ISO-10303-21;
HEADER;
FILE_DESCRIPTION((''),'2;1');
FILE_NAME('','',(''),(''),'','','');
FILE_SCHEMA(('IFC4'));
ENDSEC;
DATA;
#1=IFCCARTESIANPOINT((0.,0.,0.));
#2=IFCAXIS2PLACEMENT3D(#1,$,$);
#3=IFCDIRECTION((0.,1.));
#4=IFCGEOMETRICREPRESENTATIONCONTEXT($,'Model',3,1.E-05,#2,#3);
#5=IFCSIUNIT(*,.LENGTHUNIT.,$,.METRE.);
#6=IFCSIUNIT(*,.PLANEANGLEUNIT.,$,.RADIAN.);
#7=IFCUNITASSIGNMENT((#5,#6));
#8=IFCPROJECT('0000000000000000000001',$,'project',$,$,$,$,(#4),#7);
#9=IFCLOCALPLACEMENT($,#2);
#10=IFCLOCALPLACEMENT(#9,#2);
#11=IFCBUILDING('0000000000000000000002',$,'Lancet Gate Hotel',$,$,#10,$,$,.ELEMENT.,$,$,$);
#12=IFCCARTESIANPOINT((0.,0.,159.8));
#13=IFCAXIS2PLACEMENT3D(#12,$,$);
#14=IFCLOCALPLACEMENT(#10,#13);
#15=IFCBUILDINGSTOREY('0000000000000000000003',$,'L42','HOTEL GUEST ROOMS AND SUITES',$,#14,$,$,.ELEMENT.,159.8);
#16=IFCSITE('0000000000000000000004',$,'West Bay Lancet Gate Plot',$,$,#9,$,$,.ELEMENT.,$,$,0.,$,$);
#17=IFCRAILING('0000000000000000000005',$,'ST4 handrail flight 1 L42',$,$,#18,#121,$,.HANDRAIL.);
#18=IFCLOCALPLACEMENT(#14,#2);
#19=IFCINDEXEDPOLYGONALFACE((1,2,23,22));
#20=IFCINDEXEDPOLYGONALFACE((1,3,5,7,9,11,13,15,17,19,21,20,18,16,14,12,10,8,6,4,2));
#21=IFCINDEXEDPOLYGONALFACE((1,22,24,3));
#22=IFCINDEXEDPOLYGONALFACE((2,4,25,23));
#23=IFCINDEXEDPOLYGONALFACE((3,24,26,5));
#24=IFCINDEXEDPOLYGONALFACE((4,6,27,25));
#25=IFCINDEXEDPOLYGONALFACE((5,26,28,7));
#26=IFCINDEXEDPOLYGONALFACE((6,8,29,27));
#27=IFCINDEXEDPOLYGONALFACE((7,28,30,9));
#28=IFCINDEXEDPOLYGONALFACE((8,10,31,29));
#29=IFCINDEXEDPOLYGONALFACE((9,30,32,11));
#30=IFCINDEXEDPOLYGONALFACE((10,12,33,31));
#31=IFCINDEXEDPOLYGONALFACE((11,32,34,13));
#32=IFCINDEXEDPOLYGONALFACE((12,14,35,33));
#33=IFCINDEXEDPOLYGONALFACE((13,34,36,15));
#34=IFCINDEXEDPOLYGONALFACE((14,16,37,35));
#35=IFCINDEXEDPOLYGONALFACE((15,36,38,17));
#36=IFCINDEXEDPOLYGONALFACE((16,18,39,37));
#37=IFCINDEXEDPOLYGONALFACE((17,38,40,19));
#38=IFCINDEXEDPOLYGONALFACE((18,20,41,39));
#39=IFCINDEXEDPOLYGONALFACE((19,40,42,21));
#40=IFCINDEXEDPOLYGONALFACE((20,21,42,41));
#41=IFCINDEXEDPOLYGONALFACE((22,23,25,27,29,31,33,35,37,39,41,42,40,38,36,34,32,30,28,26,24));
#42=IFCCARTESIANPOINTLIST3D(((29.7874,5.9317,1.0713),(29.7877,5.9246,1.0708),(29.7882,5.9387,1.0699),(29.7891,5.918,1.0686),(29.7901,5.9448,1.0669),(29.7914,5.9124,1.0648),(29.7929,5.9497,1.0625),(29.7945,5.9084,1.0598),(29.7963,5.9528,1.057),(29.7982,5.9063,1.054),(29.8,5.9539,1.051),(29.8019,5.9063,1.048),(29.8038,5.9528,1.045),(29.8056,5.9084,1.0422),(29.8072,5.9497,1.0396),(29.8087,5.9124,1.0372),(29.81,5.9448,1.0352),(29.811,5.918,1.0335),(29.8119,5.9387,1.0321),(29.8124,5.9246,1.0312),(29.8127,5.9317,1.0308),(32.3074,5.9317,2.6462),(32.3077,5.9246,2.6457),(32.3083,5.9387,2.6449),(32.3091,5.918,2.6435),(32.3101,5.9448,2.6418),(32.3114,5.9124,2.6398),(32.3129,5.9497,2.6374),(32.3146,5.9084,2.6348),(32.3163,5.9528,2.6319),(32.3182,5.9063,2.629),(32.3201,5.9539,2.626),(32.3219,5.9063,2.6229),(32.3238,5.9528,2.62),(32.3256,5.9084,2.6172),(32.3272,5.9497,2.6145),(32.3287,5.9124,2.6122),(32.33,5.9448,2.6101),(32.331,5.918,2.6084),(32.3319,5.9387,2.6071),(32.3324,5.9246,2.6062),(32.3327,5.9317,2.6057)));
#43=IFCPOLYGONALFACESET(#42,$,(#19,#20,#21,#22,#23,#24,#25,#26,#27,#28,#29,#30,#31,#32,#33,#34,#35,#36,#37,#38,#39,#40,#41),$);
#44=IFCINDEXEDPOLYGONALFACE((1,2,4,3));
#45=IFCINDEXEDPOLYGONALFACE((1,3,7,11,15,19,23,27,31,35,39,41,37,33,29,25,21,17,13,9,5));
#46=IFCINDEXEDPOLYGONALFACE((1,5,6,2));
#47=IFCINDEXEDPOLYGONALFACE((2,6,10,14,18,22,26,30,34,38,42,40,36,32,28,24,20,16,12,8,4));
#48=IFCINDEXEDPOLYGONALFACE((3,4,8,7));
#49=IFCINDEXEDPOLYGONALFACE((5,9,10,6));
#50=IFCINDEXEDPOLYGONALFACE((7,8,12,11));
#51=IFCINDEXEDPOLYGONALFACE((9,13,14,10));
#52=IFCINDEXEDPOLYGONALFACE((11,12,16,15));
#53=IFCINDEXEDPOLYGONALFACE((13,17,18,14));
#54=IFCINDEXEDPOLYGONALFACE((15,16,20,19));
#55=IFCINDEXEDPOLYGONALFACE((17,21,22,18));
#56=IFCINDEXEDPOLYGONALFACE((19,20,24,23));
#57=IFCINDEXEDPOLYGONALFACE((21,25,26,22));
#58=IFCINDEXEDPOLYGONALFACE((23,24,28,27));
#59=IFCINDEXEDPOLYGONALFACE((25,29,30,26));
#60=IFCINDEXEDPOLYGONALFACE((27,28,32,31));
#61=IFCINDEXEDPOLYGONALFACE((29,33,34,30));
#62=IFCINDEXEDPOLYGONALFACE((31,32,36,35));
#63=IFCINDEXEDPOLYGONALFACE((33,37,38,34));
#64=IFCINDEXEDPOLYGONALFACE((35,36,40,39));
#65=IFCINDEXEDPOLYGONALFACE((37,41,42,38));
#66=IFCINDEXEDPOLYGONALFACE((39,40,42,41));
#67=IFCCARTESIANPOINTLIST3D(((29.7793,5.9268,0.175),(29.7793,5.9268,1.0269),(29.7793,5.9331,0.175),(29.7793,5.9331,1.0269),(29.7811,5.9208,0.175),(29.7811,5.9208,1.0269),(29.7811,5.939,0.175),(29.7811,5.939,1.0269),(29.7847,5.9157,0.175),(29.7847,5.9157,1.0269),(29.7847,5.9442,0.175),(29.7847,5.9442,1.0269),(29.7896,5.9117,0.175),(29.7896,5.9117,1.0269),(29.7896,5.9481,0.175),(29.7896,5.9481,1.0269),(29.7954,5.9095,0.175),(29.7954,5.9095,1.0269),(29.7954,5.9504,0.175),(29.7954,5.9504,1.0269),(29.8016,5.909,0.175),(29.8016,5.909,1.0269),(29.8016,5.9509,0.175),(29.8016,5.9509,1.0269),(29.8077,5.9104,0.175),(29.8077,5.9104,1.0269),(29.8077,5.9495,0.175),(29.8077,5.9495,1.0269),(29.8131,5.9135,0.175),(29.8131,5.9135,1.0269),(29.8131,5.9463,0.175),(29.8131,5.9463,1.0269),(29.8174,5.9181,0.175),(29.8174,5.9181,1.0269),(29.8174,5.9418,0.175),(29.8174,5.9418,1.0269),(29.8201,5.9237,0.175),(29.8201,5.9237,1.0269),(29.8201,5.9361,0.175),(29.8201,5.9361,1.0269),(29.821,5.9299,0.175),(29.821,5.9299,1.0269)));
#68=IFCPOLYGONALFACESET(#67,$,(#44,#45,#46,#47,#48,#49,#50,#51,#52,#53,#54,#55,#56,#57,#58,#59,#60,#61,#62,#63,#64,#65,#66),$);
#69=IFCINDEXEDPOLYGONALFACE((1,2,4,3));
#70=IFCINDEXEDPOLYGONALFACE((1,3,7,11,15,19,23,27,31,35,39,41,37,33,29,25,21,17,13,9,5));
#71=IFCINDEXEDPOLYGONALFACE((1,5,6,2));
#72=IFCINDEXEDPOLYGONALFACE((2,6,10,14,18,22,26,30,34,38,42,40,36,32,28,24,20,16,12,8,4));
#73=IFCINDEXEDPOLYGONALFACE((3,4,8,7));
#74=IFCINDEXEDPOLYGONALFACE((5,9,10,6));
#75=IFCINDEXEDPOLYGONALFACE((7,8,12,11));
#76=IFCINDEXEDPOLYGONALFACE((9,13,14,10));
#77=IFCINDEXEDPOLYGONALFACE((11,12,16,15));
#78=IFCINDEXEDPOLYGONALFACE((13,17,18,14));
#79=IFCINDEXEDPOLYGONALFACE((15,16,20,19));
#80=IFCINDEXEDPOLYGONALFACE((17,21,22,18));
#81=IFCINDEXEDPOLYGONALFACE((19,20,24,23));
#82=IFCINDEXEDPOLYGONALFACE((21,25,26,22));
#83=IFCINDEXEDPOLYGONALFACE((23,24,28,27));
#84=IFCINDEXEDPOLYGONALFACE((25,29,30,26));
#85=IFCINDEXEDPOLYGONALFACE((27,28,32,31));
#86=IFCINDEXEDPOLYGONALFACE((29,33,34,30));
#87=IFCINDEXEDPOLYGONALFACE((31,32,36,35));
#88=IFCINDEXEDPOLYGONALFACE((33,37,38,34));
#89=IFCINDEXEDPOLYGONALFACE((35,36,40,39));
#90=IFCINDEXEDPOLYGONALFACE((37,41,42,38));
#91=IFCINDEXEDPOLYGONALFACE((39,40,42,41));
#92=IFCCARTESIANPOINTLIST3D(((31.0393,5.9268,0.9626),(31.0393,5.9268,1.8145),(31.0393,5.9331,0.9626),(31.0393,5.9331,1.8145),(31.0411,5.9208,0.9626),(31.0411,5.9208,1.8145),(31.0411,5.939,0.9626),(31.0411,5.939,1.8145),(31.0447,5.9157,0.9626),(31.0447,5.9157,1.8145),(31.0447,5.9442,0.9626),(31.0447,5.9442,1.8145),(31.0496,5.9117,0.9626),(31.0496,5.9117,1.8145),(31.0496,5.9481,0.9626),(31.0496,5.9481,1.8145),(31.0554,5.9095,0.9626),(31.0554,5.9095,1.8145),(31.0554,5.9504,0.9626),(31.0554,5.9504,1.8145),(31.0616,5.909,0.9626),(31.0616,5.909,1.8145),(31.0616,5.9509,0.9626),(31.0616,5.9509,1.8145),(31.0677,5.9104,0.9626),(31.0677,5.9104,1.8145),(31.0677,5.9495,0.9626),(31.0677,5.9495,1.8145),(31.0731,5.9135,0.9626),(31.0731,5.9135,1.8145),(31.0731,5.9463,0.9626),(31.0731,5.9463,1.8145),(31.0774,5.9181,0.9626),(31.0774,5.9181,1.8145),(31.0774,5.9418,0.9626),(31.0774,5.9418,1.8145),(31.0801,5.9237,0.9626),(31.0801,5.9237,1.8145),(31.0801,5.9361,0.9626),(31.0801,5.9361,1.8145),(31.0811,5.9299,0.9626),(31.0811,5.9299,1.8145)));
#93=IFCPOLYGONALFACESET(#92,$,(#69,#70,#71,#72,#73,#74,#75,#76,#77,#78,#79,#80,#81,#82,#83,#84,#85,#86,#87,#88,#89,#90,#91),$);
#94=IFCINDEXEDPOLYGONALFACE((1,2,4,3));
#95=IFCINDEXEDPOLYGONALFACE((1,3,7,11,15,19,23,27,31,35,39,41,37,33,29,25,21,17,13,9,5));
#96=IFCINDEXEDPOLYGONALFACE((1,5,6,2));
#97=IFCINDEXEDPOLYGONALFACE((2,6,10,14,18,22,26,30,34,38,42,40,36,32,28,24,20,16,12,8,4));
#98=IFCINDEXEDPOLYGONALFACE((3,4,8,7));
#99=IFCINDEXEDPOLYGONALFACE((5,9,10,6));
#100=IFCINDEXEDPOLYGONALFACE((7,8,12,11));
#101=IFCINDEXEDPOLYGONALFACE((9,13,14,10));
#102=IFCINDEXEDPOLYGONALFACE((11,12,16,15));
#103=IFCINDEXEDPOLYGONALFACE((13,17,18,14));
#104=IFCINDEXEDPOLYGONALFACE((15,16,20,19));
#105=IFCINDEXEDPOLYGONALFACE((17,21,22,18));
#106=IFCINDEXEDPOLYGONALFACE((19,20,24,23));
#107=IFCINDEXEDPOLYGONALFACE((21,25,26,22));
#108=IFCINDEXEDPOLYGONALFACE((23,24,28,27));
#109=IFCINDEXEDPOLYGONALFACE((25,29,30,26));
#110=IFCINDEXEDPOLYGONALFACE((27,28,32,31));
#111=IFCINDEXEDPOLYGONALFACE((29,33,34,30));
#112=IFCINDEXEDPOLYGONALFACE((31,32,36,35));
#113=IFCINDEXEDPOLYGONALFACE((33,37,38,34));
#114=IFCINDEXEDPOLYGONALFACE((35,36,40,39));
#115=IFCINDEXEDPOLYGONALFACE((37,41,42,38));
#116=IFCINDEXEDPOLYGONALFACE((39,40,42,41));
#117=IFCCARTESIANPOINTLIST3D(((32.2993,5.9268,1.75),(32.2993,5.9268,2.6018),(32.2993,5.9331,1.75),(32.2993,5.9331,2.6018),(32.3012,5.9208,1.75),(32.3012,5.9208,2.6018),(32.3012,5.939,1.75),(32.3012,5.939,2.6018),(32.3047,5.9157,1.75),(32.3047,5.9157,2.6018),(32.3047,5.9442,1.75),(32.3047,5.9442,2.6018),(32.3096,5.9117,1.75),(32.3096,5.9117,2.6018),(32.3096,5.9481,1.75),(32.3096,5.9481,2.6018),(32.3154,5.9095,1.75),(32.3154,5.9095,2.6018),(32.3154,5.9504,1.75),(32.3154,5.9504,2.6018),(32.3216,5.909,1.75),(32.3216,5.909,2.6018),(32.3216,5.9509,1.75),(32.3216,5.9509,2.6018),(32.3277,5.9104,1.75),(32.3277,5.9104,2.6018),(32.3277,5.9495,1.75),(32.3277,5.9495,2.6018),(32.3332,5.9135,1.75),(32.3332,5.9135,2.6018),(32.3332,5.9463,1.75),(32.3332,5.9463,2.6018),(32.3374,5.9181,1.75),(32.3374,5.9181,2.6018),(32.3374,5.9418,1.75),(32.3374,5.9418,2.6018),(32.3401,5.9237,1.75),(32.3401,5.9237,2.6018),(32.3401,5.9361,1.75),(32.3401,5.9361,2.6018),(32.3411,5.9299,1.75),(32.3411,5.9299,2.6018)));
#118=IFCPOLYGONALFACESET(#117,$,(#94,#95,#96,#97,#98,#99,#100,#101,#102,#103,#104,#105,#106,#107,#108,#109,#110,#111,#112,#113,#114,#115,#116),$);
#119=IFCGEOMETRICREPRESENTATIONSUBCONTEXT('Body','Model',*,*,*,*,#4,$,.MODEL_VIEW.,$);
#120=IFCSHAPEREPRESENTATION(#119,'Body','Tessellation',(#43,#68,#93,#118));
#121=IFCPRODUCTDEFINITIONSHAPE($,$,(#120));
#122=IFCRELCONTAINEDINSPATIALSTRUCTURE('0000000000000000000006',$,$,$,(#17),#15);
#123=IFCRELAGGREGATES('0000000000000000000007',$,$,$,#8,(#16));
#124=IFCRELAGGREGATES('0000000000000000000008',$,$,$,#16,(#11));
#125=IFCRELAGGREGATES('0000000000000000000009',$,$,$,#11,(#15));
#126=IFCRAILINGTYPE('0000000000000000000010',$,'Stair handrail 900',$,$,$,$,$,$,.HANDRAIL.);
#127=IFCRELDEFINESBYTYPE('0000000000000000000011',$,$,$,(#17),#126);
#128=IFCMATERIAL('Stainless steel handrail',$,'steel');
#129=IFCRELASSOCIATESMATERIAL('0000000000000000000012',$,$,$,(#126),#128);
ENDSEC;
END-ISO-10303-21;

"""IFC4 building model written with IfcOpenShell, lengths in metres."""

from ifc_helpers import new_model, si_unit, direction, frame, origin, origin_2d, place, context, subcontext, project, spatial, circle, extrude, material, type_object, element, save


model = new_model("IFC4")

# Units and contexts
model_context = context("Model", 3, precision=1e-05, world=origin(), true_north=direction((0.0, 1.0)))
body_context = subcontext(model_context, "Body", "Model", "MODEL_VIEW")
ifc_project = project(units=[si_unit("LENGTHUNIT", "METRE"), si_unit("PLANEANGLEUNIT", "RADIAN")], contexts=[model_context])

# Site, building, storey
site_placement = place(None, origin())
site = spatial("IfcSite", under=ifc_project, at=site_placement, Name="West Bay Lancet Gate Plot", CompositionType="ELEMENT", RefElevation=0.0)
building_placement = place(site_placement, origin())
building = spatial("IfcBuilding", under=site, at=building_placement, Name="Lancet Gate Hotel", CompositionType="ELEMENT")
storey_placement = place(building_placement, frame((0.0, 0.0, 159.8)))
storey = spatial("IfcBuildingStorey", under=building, at=storey_placement, Name="L42", Description="HOTEL GUEST ROOMS AND SUITES", CompositionType="ELEMENT", Elevation=159.8)

# Railing
ifc_material_1 = material(Name="Stainless steel handrail", Category="steel")
railing_type = type_object("IfcRailingType", Name="Stair handrail 900", PredefinedType="HANDRAIL", material=ifc_material_1)
railing_placement = place(storey_placement, frame((29.8, 5.9299, 0.175)))
element("IfcRailing", 1, at=railing_placement, inside=storey, type_object=railing_type, Name="ST4 handrail flight 1 L42", PredefinedType="HANDRAIL", context=body_context, shape_type="SweptSolid", body=[
    extrude(circle(Radius=0.0239, at=origin_2d()), frame((0.0, 0.0, 0.876), z_axis=(0.848008, 0.0, 0.529984), x_axis=(0.0, 1.0, 0.0)), (0.0, 0.0, 1.0), 2.9717),
    extrude(circle(Radius=0.021, at=origin_2d()), origin(), (0.0, 0.0, 1.0), 0.8518),
    extrude(circle(Radius=0.021, at=origin_2d()), frame((1.26, 0.0, 0.7876)), (0.0, 0.0, 1.0), 0.8518),
    extrude(circle(Radius=0.021, at=origin_2d()), frame((2.52, 0.0, 1.575)), (0.0, 0.0, 1.0), 0.8518),
])

save(model, "model.ifc")
